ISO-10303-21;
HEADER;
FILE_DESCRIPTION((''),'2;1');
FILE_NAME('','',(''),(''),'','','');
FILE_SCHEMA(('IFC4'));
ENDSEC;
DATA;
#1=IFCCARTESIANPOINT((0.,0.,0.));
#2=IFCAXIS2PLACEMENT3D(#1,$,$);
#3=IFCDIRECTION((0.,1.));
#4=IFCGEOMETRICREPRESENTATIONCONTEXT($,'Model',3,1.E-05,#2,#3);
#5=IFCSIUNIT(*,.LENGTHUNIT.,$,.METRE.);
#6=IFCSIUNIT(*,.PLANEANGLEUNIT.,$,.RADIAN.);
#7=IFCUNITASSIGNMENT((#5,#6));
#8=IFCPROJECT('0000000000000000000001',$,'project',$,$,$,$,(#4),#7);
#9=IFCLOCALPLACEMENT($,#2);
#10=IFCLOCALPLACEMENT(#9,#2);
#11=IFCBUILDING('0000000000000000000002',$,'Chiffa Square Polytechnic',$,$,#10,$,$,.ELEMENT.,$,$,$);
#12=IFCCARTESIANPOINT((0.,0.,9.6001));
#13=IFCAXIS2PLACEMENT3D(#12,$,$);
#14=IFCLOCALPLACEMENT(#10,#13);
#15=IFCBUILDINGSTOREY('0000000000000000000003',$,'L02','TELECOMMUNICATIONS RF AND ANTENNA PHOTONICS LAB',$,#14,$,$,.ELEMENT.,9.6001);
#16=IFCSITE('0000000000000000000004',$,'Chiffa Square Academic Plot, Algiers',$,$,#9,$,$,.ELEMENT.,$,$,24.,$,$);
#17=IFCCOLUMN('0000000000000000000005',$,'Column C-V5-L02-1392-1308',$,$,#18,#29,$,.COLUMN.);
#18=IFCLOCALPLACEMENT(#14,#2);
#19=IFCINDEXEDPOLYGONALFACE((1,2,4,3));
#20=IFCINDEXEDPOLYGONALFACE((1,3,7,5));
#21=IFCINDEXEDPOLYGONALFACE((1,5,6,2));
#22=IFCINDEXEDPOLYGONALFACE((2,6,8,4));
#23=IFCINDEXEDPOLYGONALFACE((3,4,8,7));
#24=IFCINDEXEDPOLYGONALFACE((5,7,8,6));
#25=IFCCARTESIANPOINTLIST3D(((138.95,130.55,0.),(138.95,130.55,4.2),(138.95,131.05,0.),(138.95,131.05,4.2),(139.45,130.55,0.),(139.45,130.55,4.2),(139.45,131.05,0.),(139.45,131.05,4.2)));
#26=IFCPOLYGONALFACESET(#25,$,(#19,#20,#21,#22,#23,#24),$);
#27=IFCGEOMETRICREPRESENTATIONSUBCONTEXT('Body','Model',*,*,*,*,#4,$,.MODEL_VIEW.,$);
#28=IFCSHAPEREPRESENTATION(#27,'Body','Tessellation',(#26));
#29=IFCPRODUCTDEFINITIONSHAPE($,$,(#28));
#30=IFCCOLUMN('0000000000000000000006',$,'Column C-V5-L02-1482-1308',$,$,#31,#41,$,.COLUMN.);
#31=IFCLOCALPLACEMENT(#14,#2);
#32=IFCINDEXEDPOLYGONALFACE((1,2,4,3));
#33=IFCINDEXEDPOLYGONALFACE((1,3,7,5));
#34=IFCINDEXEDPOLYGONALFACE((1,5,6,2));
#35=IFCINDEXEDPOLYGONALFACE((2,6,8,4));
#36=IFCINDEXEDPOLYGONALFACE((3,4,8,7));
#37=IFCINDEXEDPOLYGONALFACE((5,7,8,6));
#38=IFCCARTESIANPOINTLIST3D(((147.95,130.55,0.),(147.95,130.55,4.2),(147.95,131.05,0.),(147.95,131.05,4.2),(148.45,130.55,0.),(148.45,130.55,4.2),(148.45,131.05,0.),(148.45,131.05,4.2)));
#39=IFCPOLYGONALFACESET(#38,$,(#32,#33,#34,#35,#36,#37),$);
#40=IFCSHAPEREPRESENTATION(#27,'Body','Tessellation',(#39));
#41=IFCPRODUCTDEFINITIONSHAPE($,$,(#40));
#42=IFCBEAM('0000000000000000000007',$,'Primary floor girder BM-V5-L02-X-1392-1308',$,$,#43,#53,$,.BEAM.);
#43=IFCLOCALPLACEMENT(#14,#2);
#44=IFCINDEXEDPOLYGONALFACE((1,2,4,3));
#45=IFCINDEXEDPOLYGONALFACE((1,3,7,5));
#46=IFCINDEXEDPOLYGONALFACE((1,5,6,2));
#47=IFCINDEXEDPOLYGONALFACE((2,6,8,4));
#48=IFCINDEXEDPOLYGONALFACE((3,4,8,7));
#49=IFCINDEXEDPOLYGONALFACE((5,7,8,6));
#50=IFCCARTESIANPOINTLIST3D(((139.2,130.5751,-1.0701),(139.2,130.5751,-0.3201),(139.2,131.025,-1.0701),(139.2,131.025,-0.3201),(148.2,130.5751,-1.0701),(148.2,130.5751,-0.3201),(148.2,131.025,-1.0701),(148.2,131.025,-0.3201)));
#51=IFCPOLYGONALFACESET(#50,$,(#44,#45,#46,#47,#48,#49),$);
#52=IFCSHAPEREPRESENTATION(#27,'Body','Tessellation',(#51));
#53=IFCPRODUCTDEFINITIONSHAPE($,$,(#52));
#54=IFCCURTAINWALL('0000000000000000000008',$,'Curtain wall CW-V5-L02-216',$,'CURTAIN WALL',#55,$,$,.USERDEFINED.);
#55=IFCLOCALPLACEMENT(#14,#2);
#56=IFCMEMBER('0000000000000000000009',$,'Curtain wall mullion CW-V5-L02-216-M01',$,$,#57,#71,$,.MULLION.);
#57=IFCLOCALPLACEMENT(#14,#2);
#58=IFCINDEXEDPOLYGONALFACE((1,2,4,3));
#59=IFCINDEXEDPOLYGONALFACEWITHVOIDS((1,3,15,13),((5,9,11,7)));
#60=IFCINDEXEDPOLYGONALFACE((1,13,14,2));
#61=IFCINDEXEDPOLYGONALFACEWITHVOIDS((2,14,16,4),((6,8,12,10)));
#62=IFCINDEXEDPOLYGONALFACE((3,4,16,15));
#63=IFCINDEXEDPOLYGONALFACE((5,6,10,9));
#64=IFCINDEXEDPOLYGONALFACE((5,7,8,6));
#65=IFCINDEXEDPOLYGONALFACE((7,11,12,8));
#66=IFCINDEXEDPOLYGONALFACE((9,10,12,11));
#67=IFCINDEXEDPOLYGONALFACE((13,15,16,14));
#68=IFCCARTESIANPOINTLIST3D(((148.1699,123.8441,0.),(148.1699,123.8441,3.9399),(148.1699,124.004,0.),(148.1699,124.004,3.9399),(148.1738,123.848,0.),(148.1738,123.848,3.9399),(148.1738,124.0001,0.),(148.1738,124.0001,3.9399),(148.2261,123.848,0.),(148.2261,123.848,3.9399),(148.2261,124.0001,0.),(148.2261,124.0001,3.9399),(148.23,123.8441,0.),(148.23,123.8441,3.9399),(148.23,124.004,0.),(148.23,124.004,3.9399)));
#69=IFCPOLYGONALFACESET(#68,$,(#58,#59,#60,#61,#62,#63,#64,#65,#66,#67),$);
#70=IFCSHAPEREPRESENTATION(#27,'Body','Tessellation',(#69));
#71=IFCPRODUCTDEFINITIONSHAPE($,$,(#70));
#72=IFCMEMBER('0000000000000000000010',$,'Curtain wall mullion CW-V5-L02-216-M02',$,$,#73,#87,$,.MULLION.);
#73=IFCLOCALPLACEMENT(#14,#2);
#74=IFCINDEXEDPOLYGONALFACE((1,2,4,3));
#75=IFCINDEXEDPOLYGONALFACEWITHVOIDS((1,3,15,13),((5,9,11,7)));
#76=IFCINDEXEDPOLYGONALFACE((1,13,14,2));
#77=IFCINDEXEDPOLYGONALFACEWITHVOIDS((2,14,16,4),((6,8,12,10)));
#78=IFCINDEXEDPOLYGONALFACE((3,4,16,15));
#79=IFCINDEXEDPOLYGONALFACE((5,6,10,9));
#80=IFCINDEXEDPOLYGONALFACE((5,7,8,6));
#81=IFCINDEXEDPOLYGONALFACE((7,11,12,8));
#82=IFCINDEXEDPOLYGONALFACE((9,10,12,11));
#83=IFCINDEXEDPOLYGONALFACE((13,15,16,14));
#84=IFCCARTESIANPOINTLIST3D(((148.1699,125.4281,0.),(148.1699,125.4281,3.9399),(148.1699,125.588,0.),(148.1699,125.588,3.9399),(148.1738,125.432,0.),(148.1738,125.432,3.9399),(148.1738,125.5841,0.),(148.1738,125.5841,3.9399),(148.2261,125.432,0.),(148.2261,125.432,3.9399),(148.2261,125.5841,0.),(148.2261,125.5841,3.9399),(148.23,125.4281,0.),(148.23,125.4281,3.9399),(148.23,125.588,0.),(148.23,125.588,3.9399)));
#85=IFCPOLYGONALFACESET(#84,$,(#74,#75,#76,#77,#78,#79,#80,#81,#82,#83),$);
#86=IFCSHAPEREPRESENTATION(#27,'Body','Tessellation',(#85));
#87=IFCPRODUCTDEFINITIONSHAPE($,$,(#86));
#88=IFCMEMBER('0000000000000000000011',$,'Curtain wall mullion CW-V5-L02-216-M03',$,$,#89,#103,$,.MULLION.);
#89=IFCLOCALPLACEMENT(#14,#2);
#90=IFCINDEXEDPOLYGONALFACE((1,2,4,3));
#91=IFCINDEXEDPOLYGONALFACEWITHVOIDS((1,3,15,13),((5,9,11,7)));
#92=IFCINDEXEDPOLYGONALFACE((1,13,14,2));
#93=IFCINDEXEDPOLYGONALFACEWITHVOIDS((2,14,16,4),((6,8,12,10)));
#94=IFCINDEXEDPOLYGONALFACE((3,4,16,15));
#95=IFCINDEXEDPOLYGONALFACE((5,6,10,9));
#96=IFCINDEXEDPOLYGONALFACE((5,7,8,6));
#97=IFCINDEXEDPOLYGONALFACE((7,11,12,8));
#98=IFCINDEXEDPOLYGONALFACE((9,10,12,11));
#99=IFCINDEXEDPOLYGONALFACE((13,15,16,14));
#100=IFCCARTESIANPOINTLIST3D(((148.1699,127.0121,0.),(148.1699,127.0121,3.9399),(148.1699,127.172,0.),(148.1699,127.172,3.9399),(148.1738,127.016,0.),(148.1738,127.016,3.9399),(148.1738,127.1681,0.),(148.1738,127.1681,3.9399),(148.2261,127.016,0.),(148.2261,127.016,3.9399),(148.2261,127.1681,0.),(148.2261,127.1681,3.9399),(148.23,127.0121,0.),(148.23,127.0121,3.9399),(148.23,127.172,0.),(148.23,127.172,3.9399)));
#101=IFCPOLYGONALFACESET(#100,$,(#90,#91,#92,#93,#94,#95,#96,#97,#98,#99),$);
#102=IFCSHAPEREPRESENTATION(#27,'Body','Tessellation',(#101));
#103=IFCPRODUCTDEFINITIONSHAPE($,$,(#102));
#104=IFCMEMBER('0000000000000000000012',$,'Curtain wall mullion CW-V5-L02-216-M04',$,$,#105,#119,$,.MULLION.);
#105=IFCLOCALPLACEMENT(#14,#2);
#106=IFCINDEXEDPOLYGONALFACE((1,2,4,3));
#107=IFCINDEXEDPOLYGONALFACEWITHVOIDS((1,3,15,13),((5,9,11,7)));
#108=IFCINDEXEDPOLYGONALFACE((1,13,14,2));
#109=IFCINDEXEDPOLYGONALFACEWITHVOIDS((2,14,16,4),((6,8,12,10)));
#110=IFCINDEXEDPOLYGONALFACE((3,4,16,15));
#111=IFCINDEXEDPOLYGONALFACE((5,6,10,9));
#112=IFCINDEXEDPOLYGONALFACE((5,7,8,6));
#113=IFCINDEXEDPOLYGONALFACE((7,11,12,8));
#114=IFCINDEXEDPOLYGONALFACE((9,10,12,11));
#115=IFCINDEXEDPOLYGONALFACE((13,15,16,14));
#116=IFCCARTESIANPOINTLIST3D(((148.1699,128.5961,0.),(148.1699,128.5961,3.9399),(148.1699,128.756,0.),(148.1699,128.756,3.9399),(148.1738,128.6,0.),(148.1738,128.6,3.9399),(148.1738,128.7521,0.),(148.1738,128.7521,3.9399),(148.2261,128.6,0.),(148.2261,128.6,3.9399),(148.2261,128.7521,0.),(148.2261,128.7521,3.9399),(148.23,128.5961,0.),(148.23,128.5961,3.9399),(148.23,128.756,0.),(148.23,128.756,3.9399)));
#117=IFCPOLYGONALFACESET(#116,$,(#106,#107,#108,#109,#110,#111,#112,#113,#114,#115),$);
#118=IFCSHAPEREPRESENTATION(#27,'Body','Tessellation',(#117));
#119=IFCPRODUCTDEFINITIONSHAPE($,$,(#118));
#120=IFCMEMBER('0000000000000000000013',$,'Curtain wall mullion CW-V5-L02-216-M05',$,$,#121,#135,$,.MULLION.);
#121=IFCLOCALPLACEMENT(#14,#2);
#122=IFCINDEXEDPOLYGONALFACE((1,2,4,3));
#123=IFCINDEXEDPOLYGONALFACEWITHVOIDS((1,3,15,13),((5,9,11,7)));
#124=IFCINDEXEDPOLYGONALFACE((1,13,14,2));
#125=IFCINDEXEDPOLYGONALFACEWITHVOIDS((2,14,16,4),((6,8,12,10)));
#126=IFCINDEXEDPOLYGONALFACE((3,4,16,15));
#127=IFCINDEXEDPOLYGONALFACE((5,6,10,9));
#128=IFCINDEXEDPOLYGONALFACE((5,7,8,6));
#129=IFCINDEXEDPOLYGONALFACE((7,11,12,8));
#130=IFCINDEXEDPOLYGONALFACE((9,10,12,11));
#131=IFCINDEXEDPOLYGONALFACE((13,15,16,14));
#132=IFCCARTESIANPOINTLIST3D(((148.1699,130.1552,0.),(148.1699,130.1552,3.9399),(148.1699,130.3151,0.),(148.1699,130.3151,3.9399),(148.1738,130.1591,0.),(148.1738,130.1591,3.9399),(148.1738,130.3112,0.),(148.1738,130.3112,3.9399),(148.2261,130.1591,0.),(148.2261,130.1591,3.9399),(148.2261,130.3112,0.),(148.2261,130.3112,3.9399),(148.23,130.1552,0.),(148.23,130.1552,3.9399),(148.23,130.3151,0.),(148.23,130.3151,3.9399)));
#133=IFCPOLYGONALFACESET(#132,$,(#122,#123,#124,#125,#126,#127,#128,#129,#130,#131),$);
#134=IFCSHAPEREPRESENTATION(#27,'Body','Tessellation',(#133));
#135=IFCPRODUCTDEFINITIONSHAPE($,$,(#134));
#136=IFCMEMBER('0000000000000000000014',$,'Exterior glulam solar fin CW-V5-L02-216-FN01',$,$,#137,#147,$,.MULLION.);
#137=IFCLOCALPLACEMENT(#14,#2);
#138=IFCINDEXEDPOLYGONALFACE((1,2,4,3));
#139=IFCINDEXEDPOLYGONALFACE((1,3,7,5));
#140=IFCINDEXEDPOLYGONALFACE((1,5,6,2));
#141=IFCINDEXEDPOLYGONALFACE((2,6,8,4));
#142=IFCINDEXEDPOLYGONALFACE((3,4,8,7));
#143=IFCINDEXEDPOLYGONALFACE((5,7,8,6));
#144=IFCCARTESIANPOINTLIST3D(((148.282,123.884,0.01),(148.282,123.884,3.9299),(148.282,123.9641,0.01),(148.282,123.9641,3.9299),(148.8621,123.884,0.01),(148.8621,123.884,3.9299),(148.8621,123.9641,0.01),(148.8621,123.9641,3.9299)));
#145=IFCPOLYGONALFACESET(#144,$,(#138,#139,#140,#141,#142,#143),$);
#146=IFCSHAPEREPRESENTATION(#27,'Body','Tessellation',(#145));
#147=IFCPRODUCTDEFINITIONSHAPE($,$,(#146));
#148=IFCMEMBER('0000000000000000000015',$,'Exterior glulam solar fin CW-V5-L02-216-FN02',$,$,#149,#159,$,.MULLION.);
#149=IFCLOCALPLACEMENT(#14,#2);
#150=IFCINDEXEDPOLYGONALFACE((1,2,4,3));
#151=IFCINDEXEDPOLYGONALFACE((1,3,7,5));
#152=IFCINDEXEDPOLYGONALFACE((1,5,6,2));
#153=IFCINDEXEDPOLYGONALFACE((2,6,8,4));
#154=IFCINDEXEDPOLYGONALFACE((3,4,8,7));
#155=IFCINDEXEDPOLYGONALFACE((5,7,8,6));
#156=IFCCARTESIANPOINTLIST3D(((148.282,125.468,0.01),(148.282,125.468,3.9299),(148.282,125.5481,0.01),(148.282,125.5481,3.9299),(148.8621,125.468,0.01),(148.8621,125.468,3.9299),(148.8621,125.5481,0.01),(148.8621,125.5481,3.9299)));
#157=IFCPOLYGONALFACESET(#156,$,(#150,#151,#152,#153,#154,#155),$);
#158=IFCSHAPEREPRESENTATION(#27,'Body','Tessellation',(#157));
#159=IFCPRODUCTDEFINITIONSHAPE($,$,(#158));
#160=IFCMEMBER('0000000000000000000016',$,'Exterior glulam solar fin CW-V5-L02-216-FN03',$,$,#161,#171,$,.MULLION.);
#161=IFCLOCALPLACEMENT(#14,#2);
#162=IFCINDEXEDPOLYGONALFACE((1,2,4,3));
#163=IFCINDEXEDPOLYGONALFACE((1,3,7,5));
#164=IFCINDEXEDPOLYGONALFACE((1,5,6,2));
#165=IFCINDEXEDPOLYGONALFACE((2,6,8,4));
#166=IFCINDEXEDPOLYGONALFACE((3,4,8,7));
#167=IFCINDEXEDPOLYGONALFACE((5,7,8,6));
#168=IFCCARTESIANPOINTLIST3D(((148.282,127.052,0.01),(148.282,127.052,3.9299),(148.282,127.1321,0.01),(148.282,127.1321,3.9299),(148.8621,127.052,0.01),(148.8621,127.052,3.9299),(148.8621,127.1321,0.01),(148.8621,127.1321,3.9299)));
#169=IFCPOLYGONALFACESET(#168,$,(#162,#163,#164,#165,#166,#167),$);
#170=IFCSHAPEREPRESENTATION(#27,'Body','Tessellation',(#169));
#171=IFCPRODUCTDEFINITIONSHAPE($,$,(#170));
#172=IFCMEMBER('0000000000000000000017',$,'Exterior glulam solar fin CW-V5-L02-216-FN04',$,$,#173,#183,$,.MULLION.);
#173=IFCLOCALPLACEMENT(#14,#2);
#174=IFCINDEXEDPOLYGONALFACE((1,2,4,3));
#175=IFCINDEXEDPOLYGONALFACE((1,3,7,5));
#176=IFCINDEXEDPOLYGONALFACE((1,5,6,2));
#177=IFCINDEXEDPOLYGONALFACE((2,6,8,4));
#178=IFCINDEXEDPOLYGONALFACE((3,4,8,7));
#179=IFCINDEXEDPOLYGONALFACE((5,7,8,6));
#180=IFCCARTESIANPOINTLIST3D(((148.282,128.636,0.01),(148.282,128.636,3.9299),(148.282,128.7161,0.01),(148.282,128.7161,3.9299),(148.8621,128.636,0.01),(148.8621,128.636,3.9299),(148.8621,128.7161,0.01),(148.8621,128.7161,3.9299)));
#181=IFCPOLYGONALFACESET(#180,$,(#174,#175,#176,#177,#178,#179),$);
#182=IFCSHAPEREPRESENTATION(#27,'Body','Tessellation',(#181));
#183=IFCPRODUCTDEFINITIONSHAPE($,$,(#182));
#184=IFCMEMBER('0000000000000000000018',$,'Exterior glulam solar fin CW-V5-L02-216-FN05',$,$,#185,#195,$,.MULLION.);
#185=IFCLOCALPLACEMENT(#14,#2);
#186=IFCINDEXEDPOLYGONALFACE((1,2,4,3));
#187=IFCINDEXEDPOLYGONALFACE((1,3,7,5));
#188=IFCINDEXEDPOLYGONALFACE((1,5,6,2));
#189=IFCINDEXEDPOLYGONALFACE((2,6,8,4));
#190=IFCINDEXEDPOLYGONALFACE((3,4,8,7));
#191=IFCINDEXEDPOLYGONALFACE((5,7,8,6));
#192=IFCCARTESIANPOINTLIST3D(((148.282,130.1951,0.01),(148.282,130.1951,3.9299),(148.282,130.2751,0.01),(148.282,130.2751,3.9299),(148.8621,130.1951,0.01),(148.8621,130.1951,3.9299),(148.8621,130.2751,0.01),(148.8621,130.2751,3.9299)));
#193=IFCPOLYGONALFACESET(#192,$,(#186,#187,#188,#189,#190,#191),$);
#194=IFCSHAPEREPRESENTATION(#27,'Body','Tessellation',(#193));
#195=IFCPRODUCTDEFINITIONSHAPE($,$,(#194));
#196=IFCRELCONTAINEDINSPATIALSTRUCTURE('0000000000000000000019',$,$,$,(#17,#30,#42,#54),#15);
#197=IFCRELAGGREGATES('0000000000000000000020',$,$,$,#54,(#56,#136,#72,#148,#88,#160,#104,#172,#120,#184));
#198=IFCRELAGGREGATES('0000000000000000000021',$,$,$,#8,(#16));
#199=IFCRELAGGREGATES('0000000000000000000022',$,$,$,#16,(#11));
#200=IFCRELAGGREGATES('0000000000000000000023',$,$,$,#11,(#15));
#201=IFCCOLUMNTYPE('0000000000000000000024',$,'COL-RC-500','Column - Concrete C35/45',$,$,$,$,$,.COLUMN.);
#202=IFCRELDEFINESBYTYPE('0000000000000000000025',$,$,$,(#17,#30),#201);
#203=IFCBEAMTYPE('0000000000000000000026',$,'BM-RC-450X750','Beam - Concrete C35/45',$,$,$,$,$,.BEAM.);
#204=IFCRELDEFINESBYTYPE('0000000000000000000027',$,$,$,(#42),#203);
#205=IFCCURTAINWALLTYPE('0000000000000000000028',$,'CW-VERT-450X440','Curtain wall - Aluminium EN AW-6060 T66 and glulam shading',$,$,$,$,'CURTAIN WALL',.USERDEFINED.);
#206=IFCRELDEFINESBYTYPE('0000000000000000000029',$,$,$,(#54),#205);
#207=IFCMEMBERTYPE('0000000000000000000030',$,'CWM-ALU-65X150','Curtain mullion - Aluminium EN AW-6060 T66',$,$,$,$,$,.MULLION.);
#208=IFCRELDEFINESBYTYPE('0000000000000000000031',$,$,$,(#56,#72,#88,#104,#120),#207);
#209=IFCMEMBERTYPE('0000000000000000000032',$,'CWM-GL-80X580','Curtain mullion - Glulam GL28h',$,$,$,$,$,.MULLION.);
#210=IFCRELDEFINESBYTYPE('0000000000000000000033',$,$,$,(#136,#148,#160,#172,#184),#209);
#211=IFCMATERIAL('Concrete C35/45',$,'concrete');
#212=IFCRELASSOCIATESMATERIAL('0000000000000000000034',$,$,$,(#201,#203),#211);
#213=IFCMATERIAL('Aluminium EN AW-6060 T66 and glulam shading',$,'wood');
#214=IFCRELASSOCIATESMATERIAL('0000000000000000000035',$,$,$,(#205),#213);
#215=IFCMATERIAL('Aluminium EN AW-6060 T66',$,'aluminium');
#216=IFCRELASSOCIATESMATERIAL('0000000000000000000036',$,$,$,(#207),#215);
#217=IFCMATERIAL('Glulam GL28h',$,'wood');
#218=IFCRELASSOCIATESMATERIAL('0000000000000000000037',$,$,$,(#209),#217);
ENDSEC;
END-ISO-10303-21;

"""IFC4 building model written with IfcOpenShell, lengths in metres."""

from ifc_helpers import new_model, si_unit, direction, frame, origin, origin_2d, place, context, subcontext, project, spatial, rectangle, hollow_rectangle, extrude, material, material_profile, profile_set, type_object, element, aggregate, save


model = new_model("IFC4")

# Units and contexts
model_context = context("Model", 3, precision=1e-05, world=origin(), true_north=direction((0.0, 1.0)))
body_context = subcontext(model_context, "Body", "Model", "MODEL_VIEW")
ifc_project = project(units=[si_unit("LENGTHUNIT", "METRE"), si_unit("PLANEANGLEUNIT", "RADIAN")], contexts=[model_context])

# Site, building, storey
site_placement = place(None, origin())
site = spatial("IfcSite", under=ifc_project, at=site_placement, Name="Chiffa Square Academic Plot, Algiers", CompositionType="ELEMENT", RefElevation=24.0)
building_placement = place(site_placement, origin())
building = spatial("IfcBuilding", under=site, at=building_placement, Name="Chiffa Square Polytechnic", CompositionType="ELEMENT")
storey_placement = place(building_placement, frame((0.0, 0.0, 9.6001)))
storey = spatial("IfcBuildingStorey", under=building, at=storey_placement, Name="L02", Description="TELECOMMUNICATIONS RF AND ANTENNA PHOTONICS LAB", CompositionType="ELEMENT", Elevation=9.6001)

# Columns
ifc_material_1 = material(Name="Concrete C35/45", Category="concrete")
ifc_material_profile_1 = material_profile(ifc_material_1, rectangle(XDim=0.5, YDim=0.5, at=origin_2d()), Name="RC 500x500")
ifc_profile_set_1 = profile_set([ifc_material_profile_1], Name="Concrete C35/45")
column_type = type_object("IfcColumnType", Name="COL-RC-500", Description="Column - Concrete C35/45", PredefinedType="COLUMN", material=ifc_profile_set_1)
for number, where, z_axis, x_axis, name in (
    (1, (139.2, 130.8, 0.0), (0.0, 0.0, 1.0), (1.0, 0.0, 0.0), "Column C-V5-L02-1392-1308"),
    (2, (148.2, 130.8, 0.0), (0.0, 0.0, 1.0), (1.0, 0.0, 0.0), "Column C-V5-L02-1482-1308"),
):
    element("IfcColumn", number, at=place(storey_placement, frame(where, z_axis=z_axis, x_axis=x_axis)), inside=storey, type_object=column_type, Name=name, PredefinedType="COLUMN", context=body_context, shape_type="SweptSolid", body=[
        extrude(rectangle(XDim=0.5, YDim=0.5, at=origin_2d()), origin(), (0.0, 0.0, 1.0), 4.2),
    ])

# Beam
ifc_material_profile_2 = material_profile(ifc_material_1, rectangle(XDim=0.45, YDim=0.75, at=origin_2d()), Name="RC 450x750")
ifc_profile_set_2 = profile_set([ifc_material_profile_2], Name="Concrete C35/45")
beam_type_1 = type_object("IfcBeamType", Name="BM-RC-450X750", Description="Beam - Concrete C35/45", PredefinedType="BEAM", material=ifc_profile_set_2)
beam_placement = place(storey_placement, frame((139.2, 130.8, -0.6951), z_axis=(1.0, 0.0, 0.0), x_axis=(0.0, 1.0, 0.0)))
element("IfcBeam", 3, at=beam_placement, inside=storey, type_object=beam_type_1, Name="Primary floor girder BM-V5-L02-X-1392-1308", PredefinedType="BEAM", context=body_context, shape_type="SweptSolid", body=[
    extrude(rectangle(XDim=0.45, YDim=0.75, at=origin_2d()), origin(), (0.0, 0.0, 1.0), 9.0),
])

# Curtain wall, members
ifc_material_2 = material(Name="Aluminium EN AW-6060 T66 and glulam shading", Category="wood")
curtain_wall_type = type_object("IfcCurtainWallType", Name="CW-VERT-450X440", Description="Curtain wall - Aluminium EN AW-6060 T66 and glulam shading", ElementType="CURTAIN WALL", PredefinedType="USERDEFINED", material=ifc_material_2)
curtain_wall_placement = place(storey_placement, origin())
curtain_wall = element("IfcCurtainWall", 4, at=curtain_wall_placement, inside=storey, type_object=curtain_wall_type, Name="Curtain wall CW-V5-L02-216", ObjectType="CURTAIN WALL", PredefinedType="USERDEFINED")
ifc_material_3 = material(Name="Aluminium EN AW-6060 T66", Category="aluminium")
ifc_material_profile_3 = material_profile(ifc_material_3, hollow_rectangle(XDim=0.0601, YDim=0.1599, WallThickness=0.0039, at=origin_2d()), Name="ALU 60x160x4")
ifc_profile_set_3 = profile_set([ifc_material_profile_3], Name="Aluminium EN AW-6060 T66")
member_type_1 = type_object("IfcMemberType", Name="CWM-ALU-65X150", Description="Curtain mullion - Aluminium EN AW-6060 T66", PredefinedType="MULLION", material=ifc_profile_set_3)
member_1_placement = place(storey_placement, frame((148.2, 123.9241, 0.0), z_axis=(0.0, 0.0, 1.0), x_axis=(1.0, 0.0, 0.0)))
member_1 = element("IfcMember", 5, at=member_1_placement, type_object=member_type_1, Name="Curtain wall mullion CW-V5-L02-216-M01", PredefinedType="MULLION", context=body_context, shape_type="SweptSolid", body=[
    extrude(hollow_rectangle(XDim=0.0601, YDim=0.1599, WallThickness=0.0039, at=origin_2d()), origin(), (0.0, 0.0, 1.0), 3.9399),
])
member_2_placement = place(storey_placement, frame((148.2, 125.5081, 0.0), z_axis=(0.0, 0.0, 1.0), x_axis=(1.0, 0.0, 0.0)))
member_2 = element("IfcMember", 6, at=member_2_placement, type_object=member_type_1, Name="Curtain wall mullion CW-V5-L02-216-M02", PredefinedType="MULLION", context=body_context, shape_type="SweptSolid", body=[
    extrude(hollow_rectangle(XDim=0.0601, YDim=0.1599, WallThickness=0.0039, at=origin_2d()), origin(), (0.0, 0.0, 1.0), 3.9399),
])
member_3_placement = place(storey_placement, frame((148.2, 127.092, 0.0), z_axis=(0.0, 0.0, 1.0), x_axis=(1.0, 0.0, 0.0)))
member_3 = element("IfcMember", 7, at=member_3_placement, type_object=member_type_1, Name="Curtain wall mullion CW-V5-L02-216-M03", PredefinedType="MULLION", context=body_context, shape_type="SweptSolid", body=[
    extrude(hollow_rectangle(XDim=0.0601, YDim=0.1599, WallThickness=0.0039, at=origin_2d()), origin(), (0.0, 0.0, 1.0), 3.9399),
])
member_4_placement = place(storey_placement, frame((148.2, 128.676, 0.0), z_axis=(0.0, 0.0, 1.0), x_axis=(1.0, 0.0, 0.0)))
member_4 = element("IfcMember", 8, at=member_4_placement, type_object=member_type_1, Name="Curtain wall mullion CW-V5-L02-216-M04", PredefinedType="MULLION", context=body_context, shape_type="SweptSolid", body=[
    extrude(hollow_rectangle(XDim=0.0601, YDim=0.1599, WallThickness=0.0039, at=origin_2d()), origin(), (0.0, 0.0, 1.0), 3.9399),
])
member_5_placement = place(storey_placement, frame((148.2, 130.2351, 0.0), z_axis=(0.0, 0.0, 1.0), x_axis=(1.0, 0.0, 0.0)))
member_5 = element("IfcMember", 9, at=member_5_placement, type_object=member_type_1, Name="Curtain wall mullion CW-V5-L02-216-M05", PredefinedType="MULLION", context=body_context, shape_type="SweptSolid", body=[
    extrude(hollow_rectangle(XDim=0.0601, YDim=0.1599, WallThickness=0.0039, at=origin_2d()), origin(), (0.0, 0.0, 1.0), 3.9399),
])
ifc_material_4 = material(Name="Glulam GL28h", Category="wood")
ifc_material_profile_4 = material_profile(ifc_material_4, rectangle(XDim=0.0801, YDim=0.5801, at=origin_2d()), Name="GL28h 80x580")
ifc_profile_set_4 = profile_set([ifc_material_profile_4], Name="Glulam GL28h")
member_type_2 = type_object("IfcMemberType", Name="CWM-GL-80X580", Description="Curtain mullion - Glulam GL28h", PredefinedType="MULLION", material=ifc_profile_set_4)
member_6_placement = place(storey_placement, frame((148.572, 123.9241, 0.01), z_axis=(0.0, 0.0, 1.0), x_axis=(0.0, 1.0, 0.0)))
member_6 = element("IfcMember", 10, at=member_6_placement, type_object=member_type_2, Name="Exterior glulam solar fin CW-V5-L02-216-FN01", PredefinedType="MULLION", context=body_context, shape_type="SweptSolid", body=[
    extrude(rectangle(XDim=0.0801, YDim=0.5801, at=origin_2d()), origin(), (0.0, 0.0, 1.0), 3.9199),
])
member_7_placement = place(storey_placement, frame((148.572, 125.5081, 0.01), z_axis=(0.0, 0.0, 1.0), x_axis=(0.0, 1.0, 0.0)))
member_7 = element("IfcMember", 11, at=member_7_placement, type_object=member_type_2, Name="Exterior glulam solar fin CW-V5-L02-216-FN02", PredefinedType="MULLION", context=body_context, shape_type="SweptSolid", body=[
    extrude(rectangle(XDim=0.0801, YDim=0.5801, at=origin_2d()), origin(), (0.0, 0.0, 1.0), 3.9199),
])
member_8_placement = place(storey_placement, frame((148.572, 127.092, 0.01), z_axis=(0.0, 0.0, 1.0), x_axis=(0.0, 1.0, 0.0)))
member_8 = element("IfcMember", 12, at=member_8_placement, type_object=member_type_2, Name="Exterior glulam solar fin CW-V5-L02-216-FN03", PredefinedType="MULLION", context=body_context, shape_type="SweptSolid", body=[
    extrude(rectangle(XDim=0.0801, YDim=0.5801, at=origin_2d()), origin(), (0.0, 0.0, 1.0), 3.9199),
])
member_9_placement = place(storey_placement, frame((148.572, 128.676, 0.01), z_axis=(0.0, 0.0, 1.0), x_axis=(0.0, 1.0, 0.0)))
member_9 = element("IfcMember", 13, at=member_9_placement, type_object=member_type_2, Name="Exterior glulam solar fin CW-V5-L02-216-FN04", PredefinedType="MULLION", context=body_context, shape_type="SweptSolid", body=[
    extrude(rectangle(XDim=0.0801, YDim=0.5801, at=origin_2d()), origin(), (0.0, 0.0, 1.0), 3.9199),
])
member_10_placement = place(storey_placement, frame((148.572, 130.2351, 0.01), z_axis=(0.0, 0.0, 1.0), x_axis=(0.0, 1.0, 0.0)))
member_10 = element("IfcMember", 14, at=member_10_placement, type_object=member_type_2, Name="Exterior glulam solar fin CW-V5-L02-216-FN05", PredefinedType="MULLION", context=body_context, shape_type="SweptSolid", body=[
    extrude(rectangle(XDim=0.0801, YDim=0.5801, at=origin_2d()), origin(), (0.0, 0.0, 1.0), 3.9199),
])

aggregate(curtain_wall, [member_1, member_6, member_2, member_7, member_3, member_8, member_4, member_9, member_5, member_10])

save(model, "model.ifc")
